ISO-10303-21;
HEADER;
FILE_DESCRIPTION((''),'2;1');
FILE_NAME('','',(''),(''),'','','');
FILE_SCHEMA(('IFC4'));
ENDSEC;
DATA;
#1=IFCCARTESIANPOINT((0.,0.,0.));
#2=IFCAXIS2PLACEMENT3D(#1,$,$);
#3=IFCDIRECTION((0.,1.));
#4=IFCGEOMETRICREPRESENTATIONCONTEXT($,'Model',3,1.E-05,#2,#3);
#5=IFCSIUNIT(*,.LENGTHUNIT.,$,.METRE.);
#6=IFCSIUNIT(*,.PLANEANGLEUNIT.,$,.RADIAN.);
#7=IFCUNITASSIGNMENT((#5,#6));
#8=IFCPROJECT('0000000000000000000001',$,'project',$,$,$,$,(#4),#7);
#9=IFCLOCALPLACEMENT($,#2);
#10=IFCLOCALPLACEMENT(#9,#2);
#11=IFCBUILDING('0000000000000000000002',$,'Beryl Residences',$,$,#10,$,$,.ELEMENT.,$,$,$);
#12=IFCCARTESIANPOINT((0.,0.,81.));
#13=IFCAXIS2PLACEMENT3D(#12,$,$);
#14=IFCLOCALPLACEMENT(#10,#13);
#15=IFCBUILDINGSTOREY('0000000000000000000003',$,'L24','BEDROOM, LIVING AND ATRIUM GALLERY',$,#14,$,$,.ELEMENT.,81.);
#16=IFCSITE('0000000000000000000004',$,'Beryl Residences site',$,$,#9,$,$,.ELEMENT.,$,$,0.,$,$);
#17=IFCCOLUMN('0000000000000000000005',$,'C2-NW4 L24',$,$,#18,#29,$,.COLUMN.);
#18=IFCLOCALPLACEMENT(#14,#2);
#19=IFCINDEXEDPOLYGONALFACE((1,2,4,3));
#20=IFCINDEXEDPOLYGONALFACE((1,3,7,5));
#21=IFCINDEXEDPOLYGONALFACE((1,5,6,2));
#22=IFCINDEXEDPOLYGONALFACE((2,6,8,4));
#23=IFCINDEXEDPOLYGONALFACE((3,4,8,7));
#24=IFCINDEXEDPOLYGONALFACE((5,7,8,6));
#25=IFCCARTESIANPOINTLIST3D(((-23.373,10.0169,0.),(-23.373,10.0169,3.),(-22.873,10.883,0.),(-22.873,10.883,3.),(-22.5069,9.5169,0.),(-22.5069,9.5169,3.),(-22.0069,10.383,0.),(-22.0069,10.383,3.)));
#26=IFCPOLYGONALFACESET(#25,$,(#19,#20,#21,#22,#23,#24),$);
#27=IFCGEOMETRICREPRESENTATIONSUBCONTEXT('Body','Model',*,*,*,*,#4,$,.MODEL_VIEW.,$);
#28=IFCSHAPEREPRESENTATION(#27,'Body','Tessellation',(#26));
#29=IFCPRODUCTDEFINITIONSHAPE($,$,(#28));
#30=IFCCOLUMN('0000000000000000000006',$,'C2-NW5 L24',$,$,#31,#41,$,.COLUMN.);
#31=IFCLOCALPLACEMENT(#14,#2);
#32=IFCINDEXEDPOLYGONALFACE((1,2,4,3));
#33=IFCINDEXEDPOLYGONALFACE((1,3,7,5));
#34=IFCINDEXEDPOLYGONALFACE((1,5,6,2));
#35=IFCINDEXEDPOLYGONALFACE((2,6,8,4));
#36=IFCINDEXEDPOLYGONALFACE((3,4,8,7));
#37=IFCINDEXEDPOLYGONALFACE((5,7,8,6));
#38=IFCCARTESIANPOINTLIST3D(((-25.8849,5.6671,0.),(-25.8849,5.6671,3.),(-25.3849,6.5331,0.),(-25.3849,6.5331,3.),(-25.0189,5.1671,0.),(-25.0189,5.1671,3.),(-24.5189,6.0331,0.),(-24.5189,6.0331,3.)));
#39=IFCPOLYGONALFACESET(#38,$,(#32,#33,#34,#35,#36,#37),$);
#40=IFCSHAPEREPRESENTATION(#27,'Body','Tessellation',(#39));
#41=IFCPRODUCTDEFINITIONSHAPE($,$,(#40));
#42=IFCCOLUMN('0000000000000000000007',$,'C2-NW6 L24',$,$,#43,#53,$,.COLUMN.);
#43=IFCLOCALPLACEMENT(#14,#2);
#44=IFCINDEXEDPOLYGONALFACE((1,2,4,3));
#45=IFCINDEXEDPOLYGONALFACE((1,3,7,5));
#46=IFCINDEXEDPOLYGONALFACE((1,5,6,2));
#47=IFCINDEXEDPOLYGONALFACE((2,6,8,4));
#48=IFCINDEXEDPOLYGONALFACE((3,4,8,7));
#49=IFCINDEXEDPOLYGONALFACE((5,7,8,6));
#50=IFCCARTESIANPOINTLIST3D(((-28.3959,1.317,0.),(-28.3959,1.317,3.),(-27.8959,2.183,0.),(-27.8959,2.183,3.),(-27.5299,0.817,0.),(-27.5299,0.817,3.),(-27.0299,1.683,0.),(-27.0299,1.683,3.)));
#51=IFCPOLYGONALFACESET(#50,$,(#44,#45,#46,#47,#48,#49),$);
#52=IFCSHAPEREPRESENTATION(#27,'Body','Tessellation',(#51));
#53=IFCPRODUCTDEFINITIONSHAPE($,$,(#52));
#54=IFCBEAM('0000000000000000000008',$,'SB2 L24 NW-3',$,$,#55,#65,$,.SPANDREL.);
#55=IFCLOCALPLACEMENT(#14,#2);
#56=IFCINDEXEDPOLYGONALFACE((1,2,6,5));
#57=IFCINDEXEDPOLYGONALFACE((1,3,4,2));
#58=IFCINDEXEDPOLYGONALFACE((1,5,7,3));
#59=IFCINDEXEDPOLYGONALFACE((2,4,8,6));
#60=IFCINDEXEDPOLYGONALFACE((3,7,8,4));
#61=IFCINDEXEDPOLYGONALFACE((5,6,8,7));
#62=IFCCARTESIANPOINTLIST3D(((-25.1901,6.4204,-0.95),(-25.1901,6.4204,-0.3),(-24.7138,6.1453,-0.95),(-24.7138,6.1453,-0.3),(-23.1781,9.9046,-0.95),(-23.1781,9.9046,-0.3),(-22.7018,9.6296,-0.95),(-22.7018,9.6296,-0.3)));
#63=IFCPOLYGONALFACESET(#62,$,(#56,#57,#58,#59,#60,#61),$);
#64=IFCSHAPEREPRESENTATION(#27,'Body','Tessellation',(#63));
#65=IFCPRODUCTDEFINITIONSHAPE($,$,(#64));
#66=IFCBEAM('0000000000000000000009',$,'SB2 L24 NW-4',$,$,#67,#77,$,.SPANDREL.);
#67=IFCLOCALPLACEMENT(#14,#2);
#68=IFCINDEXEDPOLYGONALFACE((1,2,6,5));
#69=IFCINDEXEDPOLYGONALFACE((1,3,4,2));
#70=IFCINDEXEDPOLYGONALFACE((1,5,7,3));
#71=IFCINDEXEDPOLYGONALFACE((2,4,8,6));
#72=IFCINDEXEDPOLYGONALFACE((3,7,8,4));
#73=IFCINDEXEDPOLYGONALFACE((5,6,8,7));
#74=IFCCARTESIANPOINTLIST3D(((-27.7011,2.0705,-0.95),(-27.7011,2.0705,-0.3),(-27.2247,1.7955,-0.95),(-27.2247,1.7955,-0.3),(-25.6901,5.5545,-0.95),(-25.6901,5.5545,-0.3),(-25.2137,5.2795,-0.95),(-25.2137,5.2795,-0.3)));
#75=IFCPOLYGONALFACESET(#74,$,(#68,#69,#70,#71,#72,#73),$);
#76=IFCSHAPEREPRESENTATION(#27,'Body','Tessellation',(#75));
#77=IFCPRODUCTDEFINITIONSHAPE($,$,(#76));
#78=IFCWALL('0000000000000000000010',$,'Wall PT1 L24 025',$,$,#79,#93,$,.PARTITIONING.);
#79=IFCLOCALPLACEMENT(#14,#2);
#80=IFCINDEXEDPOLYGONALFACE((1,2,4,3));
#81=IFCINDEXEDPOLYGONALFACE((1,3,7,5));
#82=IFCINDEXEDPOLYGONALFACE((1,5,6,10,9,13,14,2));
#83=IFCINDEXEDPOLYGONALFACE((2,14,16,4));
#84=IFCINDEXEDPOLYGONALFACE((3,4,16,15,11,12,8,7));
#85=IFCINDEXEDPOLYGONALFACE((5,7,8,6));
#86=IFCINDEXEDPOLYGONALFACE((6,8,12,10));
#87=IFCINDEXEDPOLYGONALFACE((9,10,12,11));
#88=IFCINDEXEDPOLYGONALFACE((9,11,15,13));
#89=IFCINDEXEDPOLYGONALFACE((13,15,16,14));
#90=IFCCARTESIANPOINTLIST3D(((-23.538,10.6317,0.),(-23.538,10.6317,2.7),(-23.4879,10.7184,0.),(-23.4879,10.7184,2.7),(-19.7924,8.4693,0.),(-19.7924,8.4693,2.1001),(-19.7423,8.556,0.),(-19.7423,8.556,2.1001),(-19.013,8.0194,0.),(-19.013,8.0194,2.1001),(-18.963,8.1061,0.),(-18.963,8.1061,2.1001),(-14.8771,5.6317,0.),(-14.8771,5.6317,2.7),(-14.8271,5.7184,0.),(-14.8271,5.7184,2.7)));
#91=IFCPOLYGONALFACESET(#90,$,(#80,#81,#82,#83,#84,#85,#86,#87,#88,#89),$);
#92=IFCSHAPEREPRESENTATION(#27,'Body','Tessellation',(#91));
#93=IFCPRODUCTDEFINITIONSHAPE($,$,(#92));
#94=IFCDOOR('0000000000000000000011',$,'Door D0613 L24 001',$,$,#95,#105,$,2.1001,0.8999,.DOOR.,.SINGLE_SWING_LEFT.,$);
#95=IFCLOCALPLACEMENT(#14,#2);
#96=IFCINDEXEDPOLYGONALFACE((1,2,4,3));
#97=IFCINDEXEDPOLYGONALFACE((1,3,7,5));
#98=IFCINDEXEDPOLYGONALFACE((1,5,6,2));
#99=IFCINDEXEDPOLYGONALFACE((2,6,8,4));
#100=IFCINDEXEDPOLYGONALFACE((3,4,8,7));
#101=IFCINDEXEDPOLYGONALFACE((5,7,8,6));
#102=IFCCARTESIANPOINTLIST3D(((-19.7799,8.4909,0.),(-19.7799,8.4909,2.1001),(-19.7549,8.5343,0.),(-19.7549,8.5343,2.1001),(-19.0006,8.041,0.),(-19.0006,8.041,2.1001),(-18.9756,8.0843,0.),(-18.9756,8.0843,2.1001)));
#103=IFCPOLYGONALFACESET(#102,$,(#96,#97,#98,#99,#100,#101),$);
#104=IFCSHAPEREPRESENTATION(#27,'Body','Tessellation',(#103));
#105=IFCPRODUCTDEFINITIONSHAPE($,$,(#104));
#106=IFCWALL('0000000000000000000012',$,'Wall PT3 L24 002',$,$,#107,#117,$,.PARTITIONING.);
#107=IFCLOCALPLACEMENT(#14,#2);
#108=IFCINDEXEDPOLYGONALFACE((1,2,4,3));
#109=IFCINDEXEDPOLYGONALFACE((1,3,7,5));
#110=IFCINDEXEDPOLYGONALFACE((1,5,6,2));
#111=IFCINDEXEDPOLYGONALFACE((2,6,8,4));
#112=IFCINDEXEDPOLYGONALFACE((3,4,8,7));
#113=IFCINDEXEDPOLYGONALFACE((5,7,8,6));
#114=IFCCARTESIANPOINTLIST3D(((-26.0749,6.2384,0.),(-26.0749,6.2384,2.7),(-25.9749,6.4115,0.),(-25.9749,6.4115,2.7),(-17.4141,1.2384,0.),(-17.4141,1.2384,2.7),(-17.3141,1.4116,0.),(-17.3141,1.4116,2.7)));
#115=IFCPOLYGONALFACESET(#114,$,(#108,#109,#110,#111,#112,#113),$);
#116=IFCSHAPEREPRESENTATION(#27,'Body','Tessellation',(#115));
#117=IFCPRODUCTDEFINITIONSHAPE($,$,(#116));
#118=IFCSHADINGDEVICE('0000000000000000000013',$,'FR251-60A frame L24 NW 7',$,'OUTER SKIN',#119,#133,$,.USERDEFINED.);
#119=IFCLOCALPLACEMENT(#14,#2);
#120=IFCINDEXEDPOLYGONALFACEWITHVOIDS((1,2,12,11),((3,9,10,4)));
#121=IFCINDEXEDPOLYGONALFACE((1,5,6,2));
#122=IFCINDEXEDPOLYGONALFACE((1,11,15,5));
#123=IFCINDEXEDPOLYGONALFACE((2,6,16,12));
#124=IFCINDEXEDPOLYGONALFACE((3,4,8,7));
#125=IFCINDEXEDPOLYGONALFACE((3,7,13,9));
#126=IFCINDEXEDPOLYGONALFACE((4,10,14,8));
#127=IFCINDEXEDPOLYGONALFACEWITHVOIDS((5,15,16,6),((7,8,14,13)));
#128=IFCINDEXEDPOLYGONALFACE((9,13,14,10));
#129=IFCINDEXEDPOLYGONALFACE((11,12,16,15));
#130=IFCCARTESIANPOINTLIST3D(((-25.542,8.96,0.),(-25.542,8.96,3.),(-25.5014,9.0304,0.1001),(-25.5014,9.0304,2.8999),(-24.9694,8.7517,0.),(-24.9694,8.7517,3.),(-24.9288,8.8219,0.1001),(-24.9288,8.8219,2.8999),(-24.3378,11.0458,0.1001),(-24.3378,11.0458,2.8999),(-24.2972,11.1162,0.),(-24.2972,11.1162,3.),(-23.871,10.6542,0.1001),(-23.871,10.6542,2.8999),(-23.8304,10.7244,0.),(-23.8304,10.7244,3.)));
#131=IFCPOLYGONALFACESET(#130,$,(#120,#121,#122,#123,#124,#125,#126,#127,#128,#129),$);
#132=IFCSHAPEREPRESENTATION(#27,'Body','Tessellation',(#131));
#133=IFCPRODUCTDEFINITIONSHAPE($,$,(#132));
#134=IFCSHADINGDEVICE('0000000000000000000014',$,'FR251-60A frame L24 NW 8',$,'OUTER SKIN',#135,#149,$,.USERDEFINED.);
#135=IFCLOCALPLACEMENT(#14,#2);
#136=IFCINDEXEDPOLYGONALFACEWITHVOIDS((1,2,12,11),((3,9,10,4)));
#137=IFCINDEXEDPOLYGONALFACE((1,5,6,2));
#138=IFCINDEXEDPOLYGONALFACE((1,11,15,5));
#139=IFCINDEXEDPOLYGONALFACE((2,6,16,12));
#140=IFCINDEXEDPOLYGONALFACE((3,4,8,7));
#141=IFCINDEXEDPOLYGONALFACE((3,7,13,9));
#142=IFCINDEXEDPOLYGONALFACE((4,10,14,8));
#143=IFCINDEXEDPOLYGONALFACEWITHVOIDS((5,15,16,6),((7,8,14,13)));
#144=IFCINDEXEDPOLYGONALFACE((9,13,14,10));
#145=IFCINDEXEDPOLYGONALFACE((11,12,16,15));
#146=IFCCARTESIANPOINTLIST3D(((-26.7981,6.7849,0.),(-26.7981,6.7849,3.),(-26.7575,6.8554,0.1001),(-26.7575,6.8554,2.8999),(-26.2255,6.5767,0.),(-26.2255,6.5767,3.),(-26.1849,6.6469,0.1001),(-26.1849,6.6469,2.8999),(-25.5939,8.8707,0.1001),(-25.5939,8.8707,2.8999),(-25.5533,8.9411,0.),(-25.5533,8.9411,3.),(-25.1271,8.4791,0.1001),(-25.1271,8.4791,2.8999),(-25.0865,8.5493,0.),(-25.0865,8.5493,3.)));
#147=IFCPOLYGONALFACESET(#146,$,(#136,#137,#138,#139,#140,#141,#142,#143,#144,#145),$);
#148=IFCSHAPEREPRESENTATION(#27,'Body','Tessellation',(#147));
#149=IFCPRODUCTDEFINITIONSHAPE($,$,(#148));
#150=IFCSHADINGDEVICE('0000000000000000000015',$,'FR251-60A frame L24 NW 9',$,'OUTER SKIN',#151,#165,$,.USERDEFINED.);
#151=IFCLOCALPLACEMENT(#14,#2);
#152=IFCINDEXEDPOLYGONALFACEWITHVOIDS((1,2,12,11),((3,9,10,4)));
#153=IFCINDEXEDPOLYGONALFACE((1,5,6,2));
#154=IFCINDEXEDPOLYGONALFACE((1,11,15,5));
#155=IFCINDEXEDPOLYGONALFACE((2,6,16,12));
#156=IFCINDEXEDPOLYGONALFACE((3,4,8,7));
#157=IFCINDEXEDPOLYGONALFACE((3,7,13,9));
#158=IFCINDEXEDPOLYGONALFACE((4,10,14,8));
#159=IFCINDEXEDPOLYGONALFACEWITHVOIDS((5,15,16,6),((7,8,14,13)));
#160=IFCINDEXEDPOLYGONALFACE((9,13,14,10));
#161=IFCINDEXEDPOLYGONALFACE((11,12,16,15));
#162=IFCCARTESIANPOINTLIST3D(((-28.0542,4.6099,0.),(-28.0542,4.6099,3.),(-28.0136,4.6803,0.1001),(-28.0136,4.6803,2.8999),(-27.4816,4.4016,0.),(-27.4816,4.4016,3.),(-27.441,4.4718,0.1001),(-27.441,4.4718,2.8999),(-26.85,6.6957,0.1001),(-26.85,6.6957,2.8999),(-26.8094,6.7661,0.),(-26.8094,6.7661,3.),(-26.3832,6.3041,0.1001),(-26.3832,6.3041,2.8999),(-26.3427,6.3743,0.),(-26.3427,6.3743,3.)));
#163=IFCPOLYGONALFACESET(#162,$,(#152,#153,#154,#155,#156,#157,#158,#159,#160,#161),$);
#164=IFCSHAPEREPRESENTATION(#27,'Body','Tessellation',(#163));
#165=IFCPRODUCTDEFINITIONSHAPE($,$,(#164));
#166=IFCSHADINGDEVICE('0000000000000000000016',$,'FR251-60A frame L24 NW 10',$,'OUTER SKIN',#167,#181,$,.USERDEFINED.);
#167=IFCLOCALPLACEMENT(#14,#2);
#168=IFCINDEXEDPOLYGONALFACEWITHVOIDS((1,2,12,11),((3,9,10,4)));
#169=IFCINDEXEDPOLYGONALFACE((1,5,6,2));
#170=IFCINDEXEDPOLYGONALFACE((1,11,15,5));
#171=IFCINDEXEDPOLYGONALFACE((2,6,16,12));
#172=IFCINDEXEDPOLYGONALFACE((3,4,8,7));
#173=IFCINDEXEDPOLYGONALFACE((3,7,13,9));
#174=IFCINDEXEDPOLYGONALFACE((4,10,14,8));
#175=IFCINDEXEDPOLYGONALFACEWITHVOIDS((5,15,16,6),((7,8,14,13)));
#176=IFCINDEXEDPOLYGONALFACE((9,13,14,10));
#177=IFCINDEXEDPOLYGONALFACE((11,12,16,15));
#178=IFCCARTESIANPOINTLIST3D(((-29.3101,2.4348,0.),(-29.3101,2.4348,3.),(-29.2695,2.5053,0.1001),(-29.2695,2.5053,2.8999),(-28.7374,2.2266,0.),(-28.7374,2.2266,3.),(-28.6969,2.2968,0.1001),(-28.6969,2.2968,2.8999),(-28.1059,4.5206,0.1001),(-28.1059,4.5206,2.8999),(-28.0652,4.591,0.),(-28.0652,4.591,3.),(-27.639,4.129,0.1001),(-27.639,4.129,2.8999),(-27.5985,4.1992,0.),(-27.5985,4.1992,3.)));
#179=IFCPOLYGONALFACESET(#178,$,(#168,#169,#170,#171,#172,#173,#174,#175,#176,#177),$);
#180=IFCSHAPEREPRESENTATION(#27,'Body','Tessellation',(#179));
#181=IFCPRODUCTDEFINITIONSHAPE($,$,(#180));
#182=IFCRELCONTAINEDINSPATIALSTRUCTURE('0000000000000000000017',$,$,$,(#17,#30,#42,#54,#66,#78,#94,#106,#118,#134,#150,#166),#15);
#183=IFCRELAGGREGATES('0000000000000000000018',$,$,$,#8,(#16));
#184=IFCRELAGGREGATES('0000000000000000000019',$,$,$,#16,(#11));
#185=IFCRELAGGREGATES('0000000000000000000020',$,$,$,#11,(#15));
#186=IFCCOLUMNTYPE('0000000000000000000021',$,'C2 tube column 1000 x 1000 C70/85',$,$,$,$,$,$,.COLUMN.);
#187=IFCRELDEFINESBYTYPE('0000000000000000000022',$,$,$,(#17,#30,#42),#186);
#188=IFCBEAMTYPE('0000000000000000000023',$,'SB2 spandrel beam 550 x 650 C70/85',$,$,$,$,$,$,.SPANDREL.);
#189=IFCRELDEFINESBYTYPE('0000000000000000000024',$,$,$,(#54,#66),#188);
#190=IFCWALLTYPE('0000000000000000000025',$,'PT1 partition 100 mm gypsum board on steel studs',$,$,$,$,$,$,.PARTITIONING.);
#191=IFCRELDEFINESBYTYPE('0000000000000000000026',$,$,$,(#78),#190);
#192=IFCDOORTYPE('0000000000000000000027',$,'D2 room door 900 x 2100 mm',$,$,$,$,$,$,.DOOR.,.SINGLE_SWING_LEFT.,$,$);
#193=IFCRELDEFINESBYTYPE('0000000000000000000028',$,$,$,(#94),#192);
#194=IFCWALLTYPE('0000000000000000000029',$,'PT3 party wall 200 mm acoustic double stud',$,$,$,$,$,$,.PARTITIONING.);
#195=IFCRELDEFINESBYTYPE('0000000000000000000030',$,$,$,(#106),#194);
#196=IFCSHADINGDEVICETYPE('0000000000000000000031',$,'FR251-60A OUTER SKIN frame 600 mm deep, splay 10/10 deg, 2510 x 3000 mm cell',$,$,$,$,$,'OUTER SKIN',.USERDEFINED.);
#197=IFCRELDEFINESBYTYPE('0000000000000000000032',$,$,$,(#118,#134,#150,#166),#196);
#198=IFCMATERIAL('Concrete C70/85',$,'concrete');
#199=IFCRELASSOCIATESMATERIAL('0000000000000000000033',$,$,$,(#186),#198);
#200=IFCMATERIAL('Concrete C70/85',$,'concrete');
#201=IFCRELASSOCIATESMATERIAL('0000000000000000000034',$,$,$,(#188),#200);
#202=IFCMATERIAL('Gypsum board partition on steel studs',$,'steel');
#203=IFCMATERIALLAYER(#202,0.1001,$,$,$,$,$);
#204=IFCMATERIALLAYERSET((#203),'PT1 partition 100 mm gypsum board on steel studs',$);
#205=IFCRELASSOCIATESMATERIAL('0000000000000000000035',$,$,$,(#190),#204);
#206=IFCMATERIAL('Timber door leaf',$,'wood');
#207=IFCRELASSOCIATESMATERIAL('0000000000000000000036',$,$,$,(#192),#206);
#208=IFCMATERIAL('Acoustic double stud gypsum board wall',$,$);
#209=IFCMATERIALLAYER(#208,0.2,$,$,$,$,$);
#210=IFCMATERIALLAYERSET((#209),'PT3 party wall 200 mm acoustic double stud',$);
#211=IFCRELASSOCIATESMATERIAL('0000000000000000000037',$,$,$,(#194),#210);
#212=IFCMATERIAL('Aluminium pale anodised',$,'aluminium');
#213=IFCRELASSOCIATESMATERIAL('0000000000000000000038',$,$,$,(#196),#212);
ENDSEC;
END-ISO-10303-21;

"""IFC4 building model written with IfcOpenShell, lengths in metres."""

from ifc_helpers import new_model, entity, si_unit, direction, frame, frame_2d, origin, origin_2d, place, context, subcontext, project, spatial, rectangle, extrude, source, transform, mapped, material, layer, layer_set, material_profile, profile_set, type_object, type_shapes, element, fill, save


model = new_model("IFC4")

# Units and contexts
model_context = context("Model", 3, precision=1e-05, world=origin(), true_north=direction((0.0, 1.0)))
body_context = subcontext(model_context, "Body", "Model", "MODEL_VIEW")
ifc_project = project(units=[si_unit("LENGTHUNIT", "METRE"), si_unit("PLANEANGLEUNIT", "RADIAN")], contexts=[model_context])

# Site, building, storey
site_placement = place(None, origin())
site = spatial("IfcSite", under=ifc_project, at=site_placement, Name="Beryl Residences site", CompositionType="ELEMENT", RefElevation=0.0)
building_placement = place(site_placement, origin())
building = spatial("IfcBuilding", under=site, at=building_placement, Name="Beryl Residences", CompositionType="ELEMENT")
storey_placement = place(building_placement, frame((0.0, 0.0, 81.0)))
storey = spatial("IfcBuildingStorey", under=building, at=storey_placement, Name="L24", Description="BEDROOM, LIVING AND ATRIUM GALLERY", CompositionType="ELEMENT", Elevation=81.0)

# Columns
ifc_material_1 = material(Name="Concrete C70/85", Category="concrete")
ifc_material_profile_1 = material_profile(ifc_material_1, rectangle(XDim=1.0, YDim=1.0, at=origin_2d()))
ifc_profile_set_1 = profile_set([ifc_material_profile_1], Name="Concrete C70/85")
column_type = type_object("IfcColumnType", Name="C2 tube column 1000 x 1000 C70/85", PredefinedType="COLUMN", material=ifc_profile_set_1)
for number, where, z_axis, x_axis, name in (
    (1, (-22.6899, 10.2, 0.0), (0.0, 0.0, 1.0), (-0.5, -0.866025, 0.0), "C2-NW4 L24"),
    (2, (-25.2019, 5.8501, 0.0), (0.0, 0.0, 1.0), (-0.5, -0.866025, 0.0), "C2-NW5 L24"),
    (3, (-27.7129, 1.5, 0.0), (0.0, 0.0, 1.0), (-0.5, -0.866025, 0.0), "C2-NW6 L24"),
):
    element("IfcColumn", number, at=place(storey_placement, frame(where, z_axis=z_axis, x_axis=x_axis)), inside=storey, type_object=column_type, Name=name, PredefinedType="COLUMN", context=body_context, shape_type="SweptSolid", body=[
        extrude(rectangle(XDim=1.0, YDim=1.0, at=origin_2d()), origin(), (0.0, 0.0, 1.0), 3.0),
    ])

# Beams
ifc_material_2 = material(Name="Concrete C70/85", Category="concrete")
ifc_material_profile_2 = material_profile(ifc_material_2, rectangle(XDim=0.55, YDim=0.6499, at=origin_2d()))
ifc_profile_set_2 = profile_set([ifc_material_profile_2], Name="Concrete C70/85")
beam_type = type_object("IfcBeamType", Name="SB2 spandrel beam 550 x 650 C70/85", PredefinedType="SPANDREL", material=ifc_profile_set_2)
beam_1_placement = place(storey_placement, frame((-22.9399, 9.7671, -0.625), z_axis=(-0.500074, -0.865982, 0.0), x_axis=(0.865982, -0.500074, 0.0)))
element("IfcBeam", 4, at=beam_1_placement, inside=storey, type_object=beam_type, Name="SB2 L24 NW-3", PredefinedType="SPANDREL", context=body_context, shape_type="SweptSolid", body=[
    extrude(rectangle(XDim=0.55, YDim=0.6499, at=origin_2d()), origin(), (0.0, 0.0, 1.0), 4.0234),
])
beam_2_placement = place(storey_placement, frame((-25.4519, 5.417, -0.625), z_axis=(-0.499919, -0.866072, 0.0), x_axis=(0.866072, -0.499919, 0.0)))
element("IfcBeam", 5, at=beam_2_placement, inside=storey, type_object=beam_type, Name="SB2 L24 NW-4", PredefinedType="SPANDREL", context=body_context, shape_type="SweptSolid", body=[
    extrude(rectangle(XDim=0.55, YDim=0.6499, at=origin_2d()), origin(), (0.0, 0.0, 1.0), 4.0227),
])

# Wall, opening, door
ifc_material_3 = material(Name="Gypsum board partition on steel studs", Category="steel")
ifc_layer_1 = layer(ifc_material_3, 0.1001)
ifc_layer_set_1 = layer_set([ifc_layer_1], Name="PT1 partition 100 mm gypsum board on steel studs")
wall_type_1 = type_object("IfcWallType", Name="PT1 partition 100 mm gypsum board on steel studs", PredefinedType="PARTITIONING", material=ifc_layer_set_1)
wall_1_placement = place(storey_placement, frame((-23.5129, 10.675, 0.0), z_axis=(0.0, 0.0, 1.0), x_axis=(0.866041, -0.499973, 0.0)))
wall_1 = element("IfcWall", 6, at=wall_1_placement, inside=storey, type_object=wall_type_1, Name="Wall PT1 L24 025", PredefinedType="PARTITIONING", context=body_context, shape_type="SweptSolid", body=[
    extrude(rectangle(XDim=10.0005, YDim=0.1001, at=frame_2d((5.0002, 0.0))), origin(), (0.0, 0.0, 1.0), 2.7),
])
opening_placement = place(wall_1_placement, frame((4.325, 0.0, 0.0)))
opening = element("IfcOpeningElement", 7, at=opening_placement, cuts=wall_1, PredefinedType="OPENING", context=body_context, shape_type="SweptSolid", body=[
    extrude(rectangle(XDim=0.8999, YDim=2.1001, at=frame_2d((0.45, 1.05))), frame((0.0, 0.0601, 0.0), z_axis=(0.0, -1.0, 0.0), x_axis=(1.0, 0.0, 0.0)), (0.0, 0.0, 1.0), 0.1201),
])
ifc_material_4 = material(Name="Timber door leaf", Category="wood")
door_type = type_object("IfcDoorType", Name="D2 room door 900 x 2100 mm", OperationType="SINGLE_SWING_LEFT", PredefinedType="DOOR", material=ifc_material_4)
door_placement = place(opening_placement, origin())
door = element("IfcDoor", 8, at=door_placement, inside=storey, type_object=door_type, Name="Door D0613 L24 001", OperationType="SINGLE_SWING_LEFT", OverallHeight=2.1001, OverallWidth=0.8999, PredefinedType="DOOR", context=body_context, shape_type="SweptSolid", body=[
    extrude(rectangle(XDim=0.8999, YDim=2.1001, at=frame_2d((0.45, 1.05))), frame((0.0, 0.0249, 0.0), z_axis=(0.0, -1.0, 0.0), x_axis=(1.0, 0.0, 0.0)), (0.0, 0.0, 1.0), 0.05),
])
fill(opening, door)

# Wall
ifc_material_5 = material(Name="Acoustic double stud gypsum board wall")
ifc_layer_2 = layer(ifc_material_5, 0.2)
ifc_layer_set_2 = layer_set([ifc_layer_2], Name="PT3 party wall 200 mm acoustic double stud")
wall_type_2 = type_object("IfcWallType", Name="PT3 party wall 200 mm acoustic double stud", PredefinedType="PARTITIONING", material=ifc_layer_set_2)
wall_2_placement = place(storey_placement, frame((-26.0249, 6.325, 0.0), z_axis=(0.0, 0.0, 1.0), x_axis=(0.866041, -0.499973, 0.0)))
element("IfcWall", 9, at=wall_2_placement, inside=storey, type_object=wall_type_2, Name="Wall PT3 L24 002", PredefinedType="PARTITIONING", context=body_context, shape_type="SweptSolid", body=[
    extrude(rectangle(XDim=10.0005, YDim=0.2, at=frame_2d((5.0002, 0.0))), origin(), (0.0, 0.0, 1.0), 2.7),
])

# Shading devices
ifc_material_6 = material(Name="Aluminium pale anodised", Category="aluminium")
shading_device_type = type_object("IfcShadingDeviceType", Name="FR251-60A OUTER SKIN frame 600 mm deep, splay 10/10 deg, 2510 x 3000 mm cell", ElementType="OUTER SKIN", PredefinedType="USERDEFINED", material=ifc_material_6)
cartesian_point_1 = entity("IfcCartesianPoint", [-1.1389, 0.0])
cartesian_point_2 = entity("IfcCartesianPoint", [-1.0579, 0.1001])
cartesian_point_3 = entity("IfcCartesianPoint", [-1.2449, 0.0])
cartesian_point_4 = entity("IfcCartesianPoint", [-1.1636, 0.1001])
shared_shape_1 = source(origin(), body_context, "Body", "SweptSolid", [
    entity("IfcExtrudedAreaSolidTapered", entity("IfcArbitraryProfileDefWithVoids", "AREA", None, entity("IfcPolyline", [cartesian_point_1, entity("IfcCartesianPoint", [1.1389, 0.0]), entity("IfcCartesianPoint", [1.1389, 3.0]), entity("IfcCartesianPoint", [-1.1389, 3.0]), cartesian_point_1]), [entity("IfcPolyline", [cartesian_point_2, entity("IfcCartesianPoint", [1.0579, 0.1001]), entity("IfcCartesianPoint", [1.0579, 2.8999]), entity("IfcCartesianPoint", [-1.0579, 2.8999]), cartesian_point_2])]), entity("IfcAxis2Placement3D", entity("IfcCartesianPoint", [0.0, 0.0, 0.0]), entity("IfcDirection", [0.0, 1.0, 0.0]), entity("IfcDirection", [-1.0, 0.0, 0.0])), entity("IfcDirection", [0.0, 0.0, 1.0]), 0.6001, entity("IfcArbitraryProfileDefWithVoids", "AREA", None, entity("IfcPolyline", [cartesian_point_3, entity("IfcCartesianPoint", [1.2449, 0.0]), entity("IfcCartesianPoint", [1.2449, 3.0]), entity("IfcCartesianPoint", [-1.2449, 3.0]), cartesian_point_3]), [entity("IfcPolyline", [cartesian_point_4, entity("IfcCartesianPoint", [1.1636, 0.1001]), entity("IfcCartesianPoint", [1.1636, 2.8999]), entity("IfcCartesianPoint", [-1.1636, 2.8999]), cartesian_point_4])])),
])
type_shapes(shading_device_type, [shared_shape_1])
for number, where, z_axis, x_axis, name in (
    (10, (-24.3999, 9.738, 0.0), (0.0, 0.0, 1.0), (0.5, 0.866025, 0.0), "FR251-60A frame L24 NW 7"),
    (11, (-25.656, 7.563, 0.0), (0.0, 0.0, 1.0), (0.5, 0.866025, 0.0), "FR251-60A frame L24 NW 8"),
    (12, (-26.9121, 5.3879, 0.0), (0.0, 0.0, 1.0), (0.5, 0.866025, 0.0), "FR251-60A frame L24 NW 9"),
    (13, (-28.168, 3.2129, 0.0), (0.0, 0.0, 1.0), (0.5, 0.866025, 0.0), "FR251-60A frame L24 NW 10"),
):
    element("IfcShadingDevice", number, at=place(storey_placement, frame(where, z_axis=z_axis, x_axis=x_axis)), inside=storey, type_object=shading_device_type, Name=name, ObjectType="OUTER SKIN", PredefinedType="USERDEFINED", context=body_context, shape_type="MappedRepresentation", body=[
        mapped(shared_shape_1, transform((0.0, 0.0, 0.0))),
    ])

save(model, "model.ifc")
